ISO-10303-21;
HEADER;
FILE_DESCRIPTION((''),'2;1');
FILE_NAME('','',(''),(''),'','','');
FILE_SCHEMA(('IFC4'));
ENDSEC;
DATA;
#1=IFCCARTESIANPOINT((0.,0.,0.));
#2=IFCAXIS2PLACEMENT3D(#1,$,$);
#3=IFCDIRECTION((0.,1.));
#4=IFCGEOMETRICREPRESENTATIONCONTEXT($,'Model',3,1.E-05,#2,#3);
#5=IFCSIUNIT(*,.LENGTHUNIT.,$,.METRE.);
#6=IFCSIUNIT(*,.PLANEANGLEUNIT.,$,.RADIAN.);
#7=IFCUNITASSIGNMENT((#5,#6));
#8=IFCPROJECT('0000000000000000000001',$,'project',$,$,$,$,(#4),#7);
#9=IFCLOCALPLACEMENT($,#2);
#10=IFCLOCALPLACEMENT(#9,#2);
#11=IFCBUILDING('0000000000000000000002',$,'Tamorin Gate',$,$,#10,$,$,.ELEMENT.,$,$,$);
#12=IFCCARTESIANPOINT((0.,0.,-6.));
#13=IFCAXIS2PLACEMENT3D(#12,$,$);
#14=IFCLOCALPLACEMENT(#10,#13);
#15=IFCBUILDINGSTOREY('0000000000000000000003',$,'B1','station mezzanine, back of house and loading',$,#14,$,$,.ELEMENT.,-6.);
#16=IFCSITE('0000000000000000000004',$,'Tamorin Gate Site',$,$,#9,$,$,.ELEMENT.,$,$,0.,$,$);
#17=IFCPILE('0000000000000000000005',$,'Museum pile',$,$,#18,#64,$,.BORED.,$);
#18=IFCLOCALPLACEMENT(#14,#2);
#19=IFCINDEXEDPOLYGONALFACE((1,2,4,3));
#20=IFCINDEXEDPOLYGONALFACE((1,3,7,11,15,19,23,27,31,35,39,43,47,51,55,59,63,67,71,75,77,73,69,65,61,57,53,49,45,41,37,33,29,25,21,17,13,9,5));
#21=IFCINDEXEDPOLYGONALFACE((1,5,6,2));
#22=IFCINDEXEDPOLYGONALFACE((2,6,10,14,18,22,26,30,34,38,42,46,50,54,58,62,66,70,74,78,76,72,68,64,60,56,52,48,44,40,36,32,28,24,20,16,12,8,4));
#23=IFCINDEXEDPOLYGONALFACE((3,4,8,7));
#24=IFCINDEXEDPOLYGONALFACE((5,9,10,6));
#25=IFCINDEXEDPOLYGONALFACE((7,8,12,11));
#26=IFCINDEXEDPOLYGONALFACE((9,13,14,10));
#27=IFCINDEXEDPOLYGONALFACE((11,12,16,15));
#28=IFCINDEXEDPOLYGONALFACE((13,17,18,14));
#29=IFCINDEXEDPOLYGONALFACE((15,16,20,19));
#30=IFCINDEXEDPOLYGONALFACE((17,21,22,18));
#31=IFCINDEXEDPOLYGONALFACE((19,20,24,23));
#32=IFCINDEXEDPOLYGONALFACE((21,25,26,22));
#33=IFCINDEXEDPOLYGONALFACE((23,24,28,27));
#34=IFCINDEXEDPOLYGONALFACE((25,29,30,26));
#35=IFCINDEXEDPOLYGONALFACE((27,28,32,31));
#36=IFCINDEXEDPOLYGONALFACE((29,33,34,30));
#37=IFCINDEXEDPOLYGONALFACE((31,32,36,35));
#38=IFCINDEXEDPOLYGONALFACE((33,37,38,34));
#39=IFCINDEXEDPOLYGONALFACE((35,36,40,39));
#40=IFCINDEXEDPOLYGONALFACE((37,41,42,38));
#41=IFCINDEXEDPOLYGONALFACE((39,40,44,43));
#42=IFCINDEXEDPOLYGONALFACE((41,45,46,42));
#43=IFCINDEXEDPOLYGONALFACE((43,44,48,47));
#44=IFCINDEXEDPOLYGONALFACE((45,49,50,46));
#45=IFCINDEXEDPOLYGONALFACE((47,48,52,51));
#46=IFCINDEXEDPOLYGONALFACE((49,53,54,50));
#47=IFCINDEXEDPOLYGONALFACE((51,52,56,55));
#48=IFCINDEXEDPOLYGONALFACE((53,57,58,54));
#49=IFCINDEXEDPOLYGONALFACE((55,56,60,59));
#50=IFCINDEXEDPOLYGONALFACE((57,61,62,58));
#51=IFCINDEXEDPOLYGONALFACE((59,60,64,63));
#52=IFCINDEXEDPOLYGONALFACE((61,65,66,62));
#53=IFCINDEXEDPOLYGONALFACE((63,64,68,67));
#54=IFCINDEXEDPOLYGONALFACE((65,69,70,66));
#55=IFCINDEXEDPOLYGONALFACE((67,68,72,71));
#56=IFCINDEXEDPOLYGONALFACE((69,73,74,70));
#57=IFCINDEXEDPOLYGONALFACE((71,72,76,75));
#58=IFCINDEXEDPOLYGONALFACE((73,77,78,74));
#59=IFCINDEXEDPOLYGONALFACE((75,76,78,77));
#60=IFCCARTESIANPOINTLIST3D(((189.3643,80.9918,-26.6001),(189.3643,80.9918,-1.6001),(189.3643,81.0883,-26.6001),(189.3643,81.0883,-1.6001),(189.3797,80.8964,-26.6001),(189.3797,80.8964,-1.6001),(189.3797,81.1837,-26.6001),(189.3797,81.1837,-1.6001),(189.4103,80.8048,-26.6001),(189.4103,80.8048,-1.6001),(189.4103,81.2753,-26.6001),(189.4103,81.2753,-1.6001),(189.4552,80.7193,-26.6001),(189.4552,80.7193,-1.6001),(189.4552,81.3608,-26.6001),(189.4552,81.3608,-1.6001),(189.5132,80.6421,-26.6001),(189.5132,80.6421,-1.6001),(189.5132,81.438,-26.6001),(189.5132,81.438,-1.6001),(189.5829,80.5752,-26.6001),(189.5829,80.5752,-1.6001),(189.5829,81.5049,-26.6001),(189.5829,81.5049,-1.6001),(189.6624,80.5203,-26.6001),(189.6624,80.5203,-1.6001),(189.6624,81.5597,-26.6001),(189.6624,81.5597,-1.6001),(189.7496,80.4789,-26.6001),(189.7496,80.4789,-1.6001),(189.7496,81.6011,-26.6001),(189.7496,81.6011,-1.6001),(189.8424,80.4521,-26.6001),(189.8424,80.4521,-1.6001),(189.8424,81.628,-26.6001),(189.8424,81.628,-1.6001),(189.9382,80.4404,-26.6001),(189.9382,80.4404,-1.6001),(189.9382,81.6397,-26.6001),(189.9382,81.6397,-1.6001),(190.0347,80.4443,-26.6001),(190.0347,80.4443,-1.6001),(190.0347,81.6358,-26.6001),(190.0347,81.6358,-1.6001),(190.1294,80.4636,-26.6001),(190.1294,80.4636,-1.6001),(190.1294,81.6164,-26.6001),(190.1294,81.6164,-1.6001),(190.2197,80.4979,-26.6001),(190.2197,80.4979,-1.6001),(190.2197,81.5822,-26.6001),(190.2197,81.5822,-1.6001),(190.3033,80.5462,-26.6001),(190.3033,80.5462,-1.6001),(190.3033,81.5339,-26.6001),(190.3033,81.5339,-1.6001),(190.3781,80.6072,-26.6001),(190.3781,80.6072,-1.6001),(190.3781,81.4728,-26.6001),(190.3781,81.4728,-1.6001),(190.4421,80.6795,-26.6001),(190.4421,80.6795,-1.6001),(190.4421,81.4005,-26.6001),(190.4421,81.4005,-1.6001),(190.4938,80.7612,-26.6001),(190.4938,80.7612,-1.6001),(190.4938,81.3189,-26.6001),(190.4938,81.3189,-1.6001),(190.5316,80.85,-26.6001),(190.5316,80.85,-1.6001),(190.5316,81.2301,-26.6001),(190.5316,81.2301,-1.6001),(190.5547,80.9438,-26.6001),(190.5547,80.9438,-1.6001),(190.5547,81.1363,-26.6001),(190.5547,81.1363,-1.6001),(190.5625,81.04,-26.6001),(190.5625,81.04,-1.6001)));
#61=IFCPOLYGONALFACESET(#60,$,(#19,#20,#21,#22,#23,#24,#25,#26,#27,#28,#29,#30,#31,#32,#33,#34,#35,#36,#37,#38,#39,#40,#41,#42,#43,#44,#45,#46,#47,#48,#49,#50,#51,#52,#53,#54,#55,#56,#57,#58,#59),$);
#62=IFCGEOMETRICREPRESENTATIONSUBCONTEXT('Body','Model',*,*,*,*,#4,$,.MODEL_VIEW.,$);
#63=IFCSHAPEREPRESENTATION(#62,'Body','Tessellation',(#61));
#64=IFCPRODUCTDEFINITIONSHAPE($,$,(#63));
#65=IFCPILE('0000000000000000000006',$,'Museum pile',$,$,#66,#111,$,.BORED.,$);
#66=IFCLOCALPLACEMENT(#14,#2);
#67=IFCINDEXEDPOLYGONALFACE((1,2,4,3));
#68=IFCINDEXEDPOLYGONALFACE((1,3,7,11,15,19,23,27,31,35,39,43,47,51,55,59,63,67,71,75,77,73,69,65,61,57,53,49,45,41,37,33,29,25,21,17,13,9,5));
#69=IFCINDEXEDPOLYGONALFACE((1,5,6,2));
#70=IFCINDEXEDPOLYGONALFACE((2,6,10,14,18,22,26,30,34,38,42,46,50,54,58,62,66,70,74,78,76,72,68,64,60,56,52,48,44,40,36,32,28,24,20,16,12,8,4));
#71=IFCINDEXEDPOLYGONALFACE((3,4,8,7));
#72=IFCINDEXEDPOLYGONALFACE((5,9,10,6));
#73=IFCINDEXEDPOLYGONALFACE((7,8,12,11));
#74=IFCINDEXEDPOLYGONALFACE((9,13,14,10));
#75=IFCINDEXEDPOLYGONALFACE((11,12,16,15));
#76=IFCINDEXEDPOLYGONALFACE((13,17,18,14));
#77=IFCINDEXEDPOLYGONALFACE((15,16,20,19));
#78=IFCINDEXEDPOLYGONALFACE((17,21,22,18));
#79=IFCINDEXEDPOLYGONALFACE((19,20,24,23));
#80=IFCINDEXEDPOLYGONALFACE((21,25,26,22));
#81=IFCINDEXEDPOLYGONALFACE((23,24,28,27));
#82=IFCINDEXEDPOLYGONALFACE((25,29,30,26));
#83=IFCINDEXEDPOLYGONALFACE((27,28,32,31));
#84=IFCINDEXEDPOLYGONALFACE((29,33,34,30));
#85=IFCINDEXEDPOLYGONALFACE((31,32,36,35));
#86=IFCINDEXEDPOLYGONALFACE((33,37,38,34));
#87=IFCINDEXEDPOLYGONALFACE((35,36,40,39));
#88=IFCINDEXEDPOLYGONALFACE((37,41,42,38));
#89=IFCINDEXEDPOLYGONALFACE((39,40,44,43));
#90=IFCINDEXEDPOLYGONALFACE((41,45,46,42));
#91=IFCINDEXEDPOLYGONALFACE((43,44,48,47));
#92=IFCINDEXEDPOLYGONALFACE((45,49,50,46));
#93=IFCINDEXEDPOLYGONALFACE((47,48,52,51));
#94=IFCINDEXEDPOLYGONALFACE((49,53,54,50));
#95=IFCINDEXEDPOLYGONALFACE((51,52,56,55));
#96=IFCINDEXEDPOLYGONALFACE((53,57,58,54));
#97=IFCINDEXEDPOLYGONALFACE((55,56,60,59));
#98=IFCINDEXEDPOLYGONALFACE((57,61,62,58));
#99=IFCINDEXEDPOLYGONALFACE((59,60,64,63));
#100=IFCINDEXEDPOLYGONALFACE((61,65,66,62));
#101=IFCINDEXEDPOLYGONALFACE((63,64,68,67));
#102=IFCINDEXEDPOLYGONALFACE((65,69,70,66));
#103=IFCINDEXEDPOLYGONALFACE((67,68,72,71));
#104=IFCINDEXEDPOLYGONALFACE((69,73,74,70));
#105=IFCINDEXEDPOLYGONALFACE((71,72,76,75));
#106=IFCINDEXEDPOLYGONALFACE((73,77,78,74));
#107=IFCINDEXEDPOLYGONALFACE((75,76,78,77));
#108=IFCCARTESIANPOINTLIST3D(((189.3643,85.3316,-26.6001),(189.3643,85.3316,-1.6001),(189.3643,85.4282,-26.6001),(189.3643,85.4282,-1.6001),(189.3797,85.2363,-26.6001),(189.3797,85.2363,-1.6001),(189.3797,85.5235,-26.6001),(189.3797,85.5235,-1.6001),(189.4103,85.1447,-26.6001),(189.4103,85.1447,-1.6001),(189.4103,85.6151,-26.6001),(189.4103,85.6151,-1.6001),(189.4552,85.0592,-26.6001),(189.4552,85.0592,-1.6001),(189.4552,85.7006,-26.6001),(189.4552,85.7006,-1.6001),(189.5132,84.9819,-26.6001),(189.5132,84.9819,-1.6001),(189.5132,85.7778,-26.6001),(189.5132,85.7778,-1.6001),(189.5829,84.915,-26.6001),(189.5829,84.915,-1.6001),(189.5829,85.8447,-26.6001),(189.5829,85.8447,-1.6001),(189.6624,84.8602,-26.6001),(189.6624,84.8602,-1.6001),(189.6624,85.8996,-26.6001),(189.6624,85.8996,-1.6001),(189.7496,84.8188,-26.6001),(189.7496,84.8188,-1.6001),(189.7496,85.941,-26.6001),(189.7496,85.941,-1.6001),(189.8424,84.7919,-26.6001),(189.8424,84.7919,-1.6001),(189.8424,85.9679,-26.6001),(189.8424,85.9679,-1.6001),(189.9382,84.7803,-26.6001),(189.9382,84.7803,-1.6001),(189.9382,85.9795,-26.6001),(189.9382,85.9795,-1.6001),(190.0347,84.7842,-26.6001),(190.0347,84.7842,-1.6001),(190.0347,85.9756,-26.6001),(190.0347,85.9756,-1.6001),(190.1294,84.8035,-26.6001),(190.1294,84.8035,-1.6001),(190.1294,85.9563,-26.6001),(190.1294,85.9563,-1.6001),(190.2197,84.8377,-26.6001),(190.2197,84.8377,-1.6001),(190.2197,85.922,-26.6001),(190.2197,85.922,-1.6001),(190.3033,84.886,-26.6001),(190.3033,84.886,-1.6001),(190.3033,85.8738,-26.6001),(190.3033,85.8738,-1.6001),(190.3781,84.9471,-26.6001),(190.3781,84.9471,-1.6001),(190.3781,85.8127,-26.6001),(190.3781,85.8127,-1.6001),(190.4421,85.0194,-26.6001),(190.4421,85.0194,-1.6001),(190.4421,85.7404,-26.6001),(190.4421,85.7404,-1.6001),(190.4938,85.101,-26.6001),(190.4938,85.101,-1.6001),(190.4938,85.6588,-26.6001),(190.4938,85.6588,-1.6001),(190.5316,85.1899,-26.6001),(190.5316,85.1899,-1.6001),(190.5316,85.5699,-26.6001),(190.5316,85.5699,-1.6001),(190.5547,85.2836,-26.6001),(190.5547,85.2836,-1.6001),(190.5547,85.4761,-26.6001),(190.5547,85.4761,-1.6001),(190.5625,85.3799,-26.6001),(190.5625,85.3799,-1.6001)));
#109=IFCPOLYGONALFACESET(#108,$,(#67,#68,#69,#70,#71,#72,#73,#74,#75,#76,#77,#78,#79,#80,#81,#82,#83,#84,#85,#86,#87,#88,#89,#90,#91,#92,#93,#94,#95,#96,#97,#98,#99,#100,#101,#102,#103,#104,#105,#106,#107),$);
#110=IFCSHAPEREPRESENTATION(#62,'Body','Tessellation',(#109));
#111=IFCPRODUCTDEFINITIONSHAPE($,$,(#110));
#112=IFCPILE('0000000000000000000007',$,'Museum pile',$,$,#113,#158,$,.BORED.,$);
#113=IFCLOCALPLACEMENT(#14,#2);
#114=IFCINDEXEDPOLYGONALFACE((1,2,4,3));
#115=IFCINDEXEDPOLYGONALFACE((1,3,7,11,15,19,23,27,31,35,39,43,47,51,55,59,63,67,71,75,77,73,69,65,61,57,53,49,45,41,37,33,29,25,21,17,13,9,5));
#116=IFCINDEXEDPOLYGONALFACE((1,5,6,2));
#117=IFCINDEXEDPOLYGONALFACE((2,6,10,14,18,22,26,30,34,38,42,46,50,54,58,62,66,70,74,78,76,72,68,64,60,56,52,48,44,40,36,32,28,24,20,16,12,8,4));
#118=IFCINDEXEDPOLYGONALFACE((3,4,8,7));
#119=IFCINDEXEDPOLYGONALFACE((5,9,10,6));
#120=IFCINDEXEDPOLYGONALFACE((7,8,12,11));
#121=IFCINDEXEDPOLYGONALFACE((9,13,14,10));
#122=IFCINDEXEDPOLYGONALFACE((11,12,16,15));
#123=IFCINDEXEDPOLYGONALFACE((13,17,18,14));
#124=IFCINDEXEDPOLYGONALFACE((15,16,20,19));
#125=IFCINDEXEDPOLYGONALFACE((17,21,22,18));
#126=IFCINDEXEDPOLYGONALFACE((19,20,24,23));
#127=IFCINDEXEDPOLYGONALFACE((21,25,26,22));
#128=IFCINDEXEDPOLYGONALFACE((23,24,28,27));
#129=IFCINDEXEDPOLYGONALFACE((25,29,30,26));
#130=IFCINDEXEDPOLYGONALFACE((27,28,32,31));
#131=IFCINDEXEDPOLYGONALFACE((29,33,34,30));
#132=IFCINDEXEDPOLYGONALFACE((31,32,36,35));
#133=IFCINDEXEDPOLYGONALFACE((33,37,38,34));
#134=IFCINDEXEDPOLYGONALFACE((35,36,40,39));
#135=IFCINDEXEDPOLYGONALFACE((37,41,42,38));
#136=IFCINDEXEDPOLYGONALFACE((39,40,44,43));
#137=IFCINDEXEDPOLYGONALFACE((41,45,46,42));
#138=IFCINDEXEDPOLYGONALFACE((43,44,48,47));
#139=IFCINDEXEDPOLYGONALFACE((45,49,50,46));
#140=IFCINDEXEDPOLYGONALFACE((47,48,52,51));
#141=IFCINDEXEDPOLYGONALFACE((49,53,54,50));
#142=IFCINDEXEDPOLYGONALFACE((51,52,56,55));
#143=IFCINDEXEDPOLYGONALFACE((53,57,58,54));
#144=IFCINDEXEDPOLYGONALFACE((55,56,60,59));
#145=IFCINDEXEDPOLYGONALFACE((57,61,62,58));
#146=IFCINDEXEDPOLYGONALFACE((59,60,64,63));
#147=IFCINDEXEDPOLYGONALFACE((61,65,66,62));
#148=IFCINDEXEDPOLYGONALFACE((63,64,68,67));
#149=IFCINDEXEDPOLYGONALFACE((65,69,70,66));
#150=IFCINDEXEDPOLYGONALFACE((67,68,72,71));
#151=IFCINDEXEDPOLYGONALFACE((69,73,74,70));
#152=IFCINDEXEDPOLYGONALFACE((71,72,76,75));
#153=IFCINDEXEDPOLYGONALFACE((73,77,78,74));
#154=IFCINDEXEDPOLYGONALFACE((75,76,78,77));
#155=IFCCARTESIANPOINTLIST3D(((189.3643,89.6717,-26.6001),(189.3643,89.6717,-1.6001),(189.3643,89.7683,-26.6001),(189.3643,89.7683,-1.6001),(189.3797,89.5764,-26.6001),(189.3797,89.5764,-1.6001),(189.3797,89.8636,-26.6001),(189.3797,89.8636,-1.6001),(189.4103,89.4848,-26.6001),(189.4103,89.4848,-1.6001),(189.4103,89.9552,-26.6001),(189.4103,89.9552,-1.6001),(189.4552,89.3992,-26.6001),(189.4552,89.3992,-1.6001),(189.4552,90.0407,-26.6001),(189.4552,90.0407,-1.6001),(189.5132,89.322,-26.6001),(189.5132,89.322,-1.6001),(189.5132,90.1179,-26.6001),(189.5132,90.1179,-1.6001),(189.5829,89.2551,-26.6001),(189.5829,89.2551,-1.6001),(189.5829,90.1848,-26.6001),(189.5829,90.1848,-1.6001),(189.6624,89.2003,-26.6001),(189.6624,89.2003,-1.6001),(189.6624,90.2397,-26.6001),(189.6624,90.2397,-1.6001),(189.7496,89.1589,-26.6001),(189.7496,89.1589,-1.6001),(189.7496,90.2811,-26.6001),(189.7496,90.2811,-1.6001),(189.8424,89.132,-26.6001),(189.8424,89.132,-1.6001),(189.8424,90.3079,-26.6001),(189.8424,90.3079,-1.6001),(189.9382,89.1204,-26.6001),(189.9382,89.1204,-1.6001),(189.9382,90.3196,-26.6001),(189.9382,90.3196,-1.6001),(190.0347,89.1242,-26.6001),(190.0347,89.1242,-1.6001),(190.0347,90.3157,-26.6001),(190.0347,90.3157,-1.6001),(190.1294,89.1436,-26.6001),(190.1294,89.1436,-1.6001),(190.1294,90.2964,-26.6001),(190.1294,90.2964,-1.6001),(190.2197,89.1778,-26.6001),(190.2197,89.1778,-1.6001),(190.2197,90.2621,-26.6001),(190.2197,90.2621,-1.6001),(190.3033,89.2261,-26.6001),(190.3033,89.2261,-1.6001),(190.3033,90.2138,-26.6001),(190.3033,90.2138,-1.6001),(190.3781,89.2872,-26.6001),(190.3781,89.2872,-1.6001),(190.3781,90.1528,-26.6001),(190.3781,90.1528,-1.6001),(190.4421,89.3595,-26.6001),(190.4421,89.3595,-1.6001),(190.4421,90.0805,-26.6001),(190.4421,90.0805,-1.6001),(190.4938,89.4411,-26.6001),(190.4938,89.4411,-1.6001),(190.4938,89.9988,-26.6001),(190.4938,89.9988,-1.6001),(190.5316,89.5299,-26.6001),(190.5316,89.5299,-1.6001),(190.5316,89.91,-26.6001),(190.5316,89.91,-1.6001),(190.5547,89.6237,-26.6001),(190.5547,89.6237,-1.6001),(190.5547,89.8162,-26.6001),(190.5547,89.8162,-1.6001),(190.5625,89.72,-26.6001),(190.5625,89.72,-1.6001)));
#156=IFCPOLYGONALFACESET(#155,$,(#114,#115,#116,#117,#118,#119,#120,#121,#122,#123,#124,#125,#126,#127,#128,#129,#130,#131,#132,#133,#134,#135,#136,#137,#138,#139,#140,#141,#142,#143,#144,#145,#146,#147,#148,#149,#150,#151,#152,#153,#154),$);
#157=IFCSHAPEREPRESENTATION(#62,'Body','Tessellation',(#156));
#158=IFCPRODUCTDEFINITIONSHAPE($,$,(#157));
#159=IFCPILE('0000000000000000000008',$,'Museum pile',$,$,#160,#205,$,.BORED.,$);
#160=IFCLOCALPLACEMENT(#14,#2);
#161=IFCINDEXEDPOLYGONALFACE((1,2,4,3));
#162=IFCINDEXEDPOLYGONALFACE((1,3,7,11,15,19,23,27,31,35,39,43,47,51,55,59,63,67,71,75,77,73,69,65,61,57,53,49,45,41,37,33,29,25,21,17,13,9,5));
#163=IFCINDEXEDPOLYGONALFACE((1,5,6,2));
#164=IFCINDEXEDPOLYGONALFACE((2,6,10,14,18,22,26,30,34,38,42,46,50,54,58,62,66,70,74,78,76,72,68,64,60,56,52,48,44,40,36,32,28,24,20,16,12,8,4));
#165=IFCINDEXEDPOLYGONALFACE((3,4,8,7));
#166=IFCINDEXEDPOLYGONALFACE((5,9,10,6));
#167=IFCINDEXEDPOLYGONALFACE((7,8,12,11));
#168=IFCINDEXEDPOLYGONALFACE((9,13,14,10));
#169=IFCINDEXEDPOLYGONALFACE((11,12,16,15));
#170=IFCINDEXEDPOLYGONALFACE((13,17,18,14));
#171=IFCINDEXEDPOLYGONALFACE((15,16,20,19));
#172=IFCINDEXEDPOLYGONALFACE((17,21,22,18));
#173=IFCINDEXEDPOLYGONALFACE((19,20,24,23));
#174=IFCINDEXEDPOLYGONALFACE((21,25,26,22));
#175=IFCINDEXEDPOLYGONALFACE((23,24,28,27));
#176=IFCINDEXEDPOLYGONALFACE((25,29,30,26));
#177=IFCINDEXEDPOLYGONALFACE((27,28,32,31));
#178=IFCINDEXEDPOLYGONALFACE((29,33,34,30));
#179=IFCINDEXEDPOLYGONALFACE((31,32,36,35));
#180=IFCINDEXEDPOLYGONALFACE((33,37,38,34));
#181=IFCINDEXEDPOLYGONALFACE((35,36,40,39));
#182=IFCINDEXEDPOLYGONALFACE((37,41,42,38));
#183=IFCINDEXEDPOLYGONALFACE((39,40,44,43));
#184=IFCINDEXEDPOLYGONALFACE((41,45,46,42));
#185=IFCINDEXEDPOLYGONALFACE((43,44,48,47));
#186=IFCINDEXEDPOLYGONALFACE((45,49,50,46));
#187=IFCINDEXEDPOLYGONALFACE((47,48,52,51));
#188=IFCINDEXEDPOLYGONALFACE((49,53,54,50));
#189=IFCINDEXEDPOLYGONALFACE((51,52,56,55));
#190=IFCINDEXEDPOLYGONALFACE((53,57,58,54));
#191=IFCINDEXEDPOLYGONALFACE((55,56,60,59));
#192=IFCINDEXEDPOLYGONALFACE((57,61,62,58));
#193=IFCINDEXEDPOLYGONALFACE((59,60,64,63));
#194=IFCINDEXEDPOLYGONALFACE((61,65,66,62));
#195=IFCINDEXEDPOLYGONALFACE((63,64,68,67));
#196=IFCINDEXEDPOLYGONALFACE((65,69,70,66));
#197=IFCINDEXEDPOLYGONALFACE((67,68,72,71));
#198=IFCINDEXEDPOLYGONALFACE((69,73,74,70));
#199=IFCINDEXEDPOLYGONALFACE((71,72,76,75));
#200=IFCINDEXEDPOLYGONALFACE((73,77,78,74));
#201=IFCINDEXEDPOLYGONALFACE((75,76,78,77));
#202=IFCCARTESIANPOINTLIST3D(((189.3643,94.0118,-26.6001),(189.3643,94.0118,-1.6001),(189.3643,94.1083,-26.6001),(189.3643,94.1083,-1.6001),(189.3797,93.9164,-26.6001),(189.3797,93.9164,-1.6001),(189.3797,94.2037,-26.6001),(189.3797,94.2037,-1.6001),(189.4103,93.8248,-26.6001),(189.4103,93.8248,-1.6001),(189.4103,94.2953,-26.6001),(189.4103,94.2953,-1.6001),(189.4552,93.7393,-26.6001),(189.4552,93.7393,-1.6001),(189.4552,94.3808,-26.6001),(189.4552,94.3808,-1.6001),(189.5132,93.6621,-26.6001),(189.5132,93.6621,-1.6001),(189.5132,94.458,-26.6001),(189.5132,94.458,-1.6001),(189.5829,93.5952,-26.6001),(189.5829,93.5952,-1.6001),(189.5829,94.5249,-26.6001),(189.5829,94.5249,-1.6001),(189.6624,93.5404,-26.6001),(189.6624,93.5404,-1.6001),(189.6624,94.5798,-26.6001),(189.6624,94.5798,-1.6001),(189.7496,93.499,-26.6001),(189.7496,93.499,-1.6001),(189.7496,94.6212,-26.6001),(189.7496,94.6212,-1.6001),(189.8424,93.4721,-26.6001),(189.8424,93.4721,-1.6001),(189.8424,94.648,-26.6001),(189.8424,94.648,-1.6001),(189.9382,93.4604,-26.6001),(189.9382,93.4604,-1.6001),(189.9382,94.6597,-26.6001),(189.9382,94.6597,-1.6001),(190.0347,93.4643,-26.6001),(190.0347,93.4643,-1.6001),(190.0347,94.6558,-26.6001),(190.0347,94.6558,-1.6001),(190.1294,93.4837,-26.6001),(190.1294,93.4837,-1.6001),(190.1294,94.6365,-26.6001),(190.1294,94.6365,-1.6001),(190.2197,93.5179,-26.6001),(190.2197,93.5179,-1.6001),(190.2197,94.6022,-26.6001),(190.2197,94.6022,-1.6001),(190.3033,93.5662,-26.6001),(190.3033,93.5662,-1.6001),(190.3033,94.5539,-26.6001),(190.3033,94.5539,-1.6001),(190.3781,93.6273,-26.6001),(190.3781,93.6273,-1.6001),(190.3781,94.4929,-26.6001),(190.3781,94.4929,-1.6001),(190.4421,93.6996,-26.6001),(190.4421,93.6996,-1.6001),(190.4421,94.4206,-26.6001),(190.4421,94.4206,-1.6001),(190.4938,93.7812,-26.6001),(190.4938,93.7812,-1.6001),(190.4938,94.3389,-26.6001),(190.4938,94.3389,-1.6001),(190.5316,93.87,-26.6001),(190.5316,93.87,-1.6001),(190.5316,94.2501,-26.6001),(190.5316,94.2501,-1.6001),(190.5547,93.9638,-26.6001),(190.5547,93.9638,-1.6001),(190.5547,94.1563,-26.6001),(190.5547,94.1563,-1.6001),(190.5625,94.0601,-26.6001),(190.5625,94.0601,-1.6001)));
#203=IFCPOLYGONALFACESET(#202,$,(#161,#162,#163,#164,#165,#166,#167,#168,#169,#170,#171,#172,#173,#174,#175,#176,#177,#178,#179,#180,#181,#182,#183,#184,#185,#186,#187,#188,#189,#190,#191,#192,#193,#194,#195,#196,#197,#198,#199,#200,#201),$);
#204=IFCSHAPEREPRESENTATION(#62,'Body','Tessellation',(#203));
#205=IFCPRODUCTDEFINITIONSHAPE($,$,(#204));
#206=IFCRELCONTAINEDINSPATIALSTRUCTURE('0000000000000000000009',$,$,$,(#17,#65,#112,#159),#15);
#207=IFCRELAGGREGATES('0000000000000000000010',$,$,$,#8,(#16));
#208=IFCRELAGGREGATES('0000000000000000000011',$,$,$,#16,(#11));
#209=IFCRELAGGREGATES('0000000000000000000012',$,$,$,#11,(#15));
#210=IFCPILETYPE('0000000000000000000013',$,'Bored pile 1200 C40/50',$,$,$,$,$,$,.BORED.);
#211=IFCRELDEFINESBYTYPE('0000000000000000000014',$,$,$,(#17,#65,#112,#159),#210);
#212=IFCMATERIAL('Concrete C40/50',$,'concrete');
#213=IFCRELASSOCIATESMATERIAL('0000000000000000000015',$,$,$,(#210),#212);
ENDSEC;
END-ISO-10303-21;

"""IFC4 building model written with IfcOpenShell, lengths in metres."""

from ifc_helpers import new_model, si_unit, direction, frame, origin, origin_2d, place, context, subcontext, project, spatial, circle, extrude, material, material_profile, profile_set, type_object, element, save


model = new_model("IFC4")

# Units and contexts
model_context = context("Model", 3, precision=1e-05, world=origin(), true_north=direction((0.0, 1.0)))
body_context = subcontext(model_context, "Body", "Model", "MODEL_VIEW")
ifc_project = project(units=[si_unit("LENGTHUNIT", "METRE"), si_unit("PLANEANGLEUNIT", "RADIAN")], contexts=[model_context])

# Site, building, storey
site_placement = place(None, origin())
site = spatial("IfcSite", under=ifc_project, at=site_placement, Name="Tamorin Gate Site", CompositionType="ELEMENT", RefElevation=0.0)
building_placement = place(site_placement, origin())
building = spatial("IfcBuilding", under=site, at=building_placement, Name="Tamorin Gate", CompositionType="ELEMENT")
storey_placement = place(building_placement, frame((0.0, 0.0, -6.0)))
storey = spatial("IfcBuildingStorey", under=building, at=storey_placement, Name="B1", Description="station mezzanine, back of house and loading", CompositionType="ELEMENT", Elevation=-6.0)

# Piles
ifc_material_1 = material(Name="Concrete C40/50", Category="concrete")
ifc_material_profile_1 = material_profile(ifc_material_1, circle(Radius=0.6001, at=origin_2d()))
ifc_profile_set_1 = profile_set([ifc_material_profile_1], Name="Concrete C40/50")
pile_type = type_object("IfcPileType", Name="Bored pile 1200 C40/50", PredefinedType="BORED", material=ifc_profile_set_1)
for number, where, z_axis, x_axis, name in (
    (1, (189.9624, 81.04, -1.6001), (0.0, 0.0, -1.0), (1.0, 0.0, 0.0), "Museum pile"),
    (2, (189.9624, 85.3799, -1.6001), (0.0, 0.0, -1.0), (1.0, 0.0, 0.0), "Museum pile"),
    (3, (189.9624, 89.72, -1.6001), (0.0, 0.0, -1.0), (1.0, 0.0, 0.0), "Museum pile"),
    (4, (189.9624, 94.0601, -1.6001), (0.0, 0.0, -1.0), (1.0, 0.0, 0.0), "Museum pile"),
):
    element("IfcPile", number, at=place(storey_placement, frame(where, z_axis=z_axis, x_axis=x_axis)), inside=storey, type_object=pile_type, Name=name, PredefinedType="BORED", context=body_context, shape_type="SweptSolid", body=[
        extrude(circle(Radius=0.6001, at=origin_2d()), origin(), (0.0, 0.0, 1.0), 25.0),
    ])

save(model, "model.ifc")
